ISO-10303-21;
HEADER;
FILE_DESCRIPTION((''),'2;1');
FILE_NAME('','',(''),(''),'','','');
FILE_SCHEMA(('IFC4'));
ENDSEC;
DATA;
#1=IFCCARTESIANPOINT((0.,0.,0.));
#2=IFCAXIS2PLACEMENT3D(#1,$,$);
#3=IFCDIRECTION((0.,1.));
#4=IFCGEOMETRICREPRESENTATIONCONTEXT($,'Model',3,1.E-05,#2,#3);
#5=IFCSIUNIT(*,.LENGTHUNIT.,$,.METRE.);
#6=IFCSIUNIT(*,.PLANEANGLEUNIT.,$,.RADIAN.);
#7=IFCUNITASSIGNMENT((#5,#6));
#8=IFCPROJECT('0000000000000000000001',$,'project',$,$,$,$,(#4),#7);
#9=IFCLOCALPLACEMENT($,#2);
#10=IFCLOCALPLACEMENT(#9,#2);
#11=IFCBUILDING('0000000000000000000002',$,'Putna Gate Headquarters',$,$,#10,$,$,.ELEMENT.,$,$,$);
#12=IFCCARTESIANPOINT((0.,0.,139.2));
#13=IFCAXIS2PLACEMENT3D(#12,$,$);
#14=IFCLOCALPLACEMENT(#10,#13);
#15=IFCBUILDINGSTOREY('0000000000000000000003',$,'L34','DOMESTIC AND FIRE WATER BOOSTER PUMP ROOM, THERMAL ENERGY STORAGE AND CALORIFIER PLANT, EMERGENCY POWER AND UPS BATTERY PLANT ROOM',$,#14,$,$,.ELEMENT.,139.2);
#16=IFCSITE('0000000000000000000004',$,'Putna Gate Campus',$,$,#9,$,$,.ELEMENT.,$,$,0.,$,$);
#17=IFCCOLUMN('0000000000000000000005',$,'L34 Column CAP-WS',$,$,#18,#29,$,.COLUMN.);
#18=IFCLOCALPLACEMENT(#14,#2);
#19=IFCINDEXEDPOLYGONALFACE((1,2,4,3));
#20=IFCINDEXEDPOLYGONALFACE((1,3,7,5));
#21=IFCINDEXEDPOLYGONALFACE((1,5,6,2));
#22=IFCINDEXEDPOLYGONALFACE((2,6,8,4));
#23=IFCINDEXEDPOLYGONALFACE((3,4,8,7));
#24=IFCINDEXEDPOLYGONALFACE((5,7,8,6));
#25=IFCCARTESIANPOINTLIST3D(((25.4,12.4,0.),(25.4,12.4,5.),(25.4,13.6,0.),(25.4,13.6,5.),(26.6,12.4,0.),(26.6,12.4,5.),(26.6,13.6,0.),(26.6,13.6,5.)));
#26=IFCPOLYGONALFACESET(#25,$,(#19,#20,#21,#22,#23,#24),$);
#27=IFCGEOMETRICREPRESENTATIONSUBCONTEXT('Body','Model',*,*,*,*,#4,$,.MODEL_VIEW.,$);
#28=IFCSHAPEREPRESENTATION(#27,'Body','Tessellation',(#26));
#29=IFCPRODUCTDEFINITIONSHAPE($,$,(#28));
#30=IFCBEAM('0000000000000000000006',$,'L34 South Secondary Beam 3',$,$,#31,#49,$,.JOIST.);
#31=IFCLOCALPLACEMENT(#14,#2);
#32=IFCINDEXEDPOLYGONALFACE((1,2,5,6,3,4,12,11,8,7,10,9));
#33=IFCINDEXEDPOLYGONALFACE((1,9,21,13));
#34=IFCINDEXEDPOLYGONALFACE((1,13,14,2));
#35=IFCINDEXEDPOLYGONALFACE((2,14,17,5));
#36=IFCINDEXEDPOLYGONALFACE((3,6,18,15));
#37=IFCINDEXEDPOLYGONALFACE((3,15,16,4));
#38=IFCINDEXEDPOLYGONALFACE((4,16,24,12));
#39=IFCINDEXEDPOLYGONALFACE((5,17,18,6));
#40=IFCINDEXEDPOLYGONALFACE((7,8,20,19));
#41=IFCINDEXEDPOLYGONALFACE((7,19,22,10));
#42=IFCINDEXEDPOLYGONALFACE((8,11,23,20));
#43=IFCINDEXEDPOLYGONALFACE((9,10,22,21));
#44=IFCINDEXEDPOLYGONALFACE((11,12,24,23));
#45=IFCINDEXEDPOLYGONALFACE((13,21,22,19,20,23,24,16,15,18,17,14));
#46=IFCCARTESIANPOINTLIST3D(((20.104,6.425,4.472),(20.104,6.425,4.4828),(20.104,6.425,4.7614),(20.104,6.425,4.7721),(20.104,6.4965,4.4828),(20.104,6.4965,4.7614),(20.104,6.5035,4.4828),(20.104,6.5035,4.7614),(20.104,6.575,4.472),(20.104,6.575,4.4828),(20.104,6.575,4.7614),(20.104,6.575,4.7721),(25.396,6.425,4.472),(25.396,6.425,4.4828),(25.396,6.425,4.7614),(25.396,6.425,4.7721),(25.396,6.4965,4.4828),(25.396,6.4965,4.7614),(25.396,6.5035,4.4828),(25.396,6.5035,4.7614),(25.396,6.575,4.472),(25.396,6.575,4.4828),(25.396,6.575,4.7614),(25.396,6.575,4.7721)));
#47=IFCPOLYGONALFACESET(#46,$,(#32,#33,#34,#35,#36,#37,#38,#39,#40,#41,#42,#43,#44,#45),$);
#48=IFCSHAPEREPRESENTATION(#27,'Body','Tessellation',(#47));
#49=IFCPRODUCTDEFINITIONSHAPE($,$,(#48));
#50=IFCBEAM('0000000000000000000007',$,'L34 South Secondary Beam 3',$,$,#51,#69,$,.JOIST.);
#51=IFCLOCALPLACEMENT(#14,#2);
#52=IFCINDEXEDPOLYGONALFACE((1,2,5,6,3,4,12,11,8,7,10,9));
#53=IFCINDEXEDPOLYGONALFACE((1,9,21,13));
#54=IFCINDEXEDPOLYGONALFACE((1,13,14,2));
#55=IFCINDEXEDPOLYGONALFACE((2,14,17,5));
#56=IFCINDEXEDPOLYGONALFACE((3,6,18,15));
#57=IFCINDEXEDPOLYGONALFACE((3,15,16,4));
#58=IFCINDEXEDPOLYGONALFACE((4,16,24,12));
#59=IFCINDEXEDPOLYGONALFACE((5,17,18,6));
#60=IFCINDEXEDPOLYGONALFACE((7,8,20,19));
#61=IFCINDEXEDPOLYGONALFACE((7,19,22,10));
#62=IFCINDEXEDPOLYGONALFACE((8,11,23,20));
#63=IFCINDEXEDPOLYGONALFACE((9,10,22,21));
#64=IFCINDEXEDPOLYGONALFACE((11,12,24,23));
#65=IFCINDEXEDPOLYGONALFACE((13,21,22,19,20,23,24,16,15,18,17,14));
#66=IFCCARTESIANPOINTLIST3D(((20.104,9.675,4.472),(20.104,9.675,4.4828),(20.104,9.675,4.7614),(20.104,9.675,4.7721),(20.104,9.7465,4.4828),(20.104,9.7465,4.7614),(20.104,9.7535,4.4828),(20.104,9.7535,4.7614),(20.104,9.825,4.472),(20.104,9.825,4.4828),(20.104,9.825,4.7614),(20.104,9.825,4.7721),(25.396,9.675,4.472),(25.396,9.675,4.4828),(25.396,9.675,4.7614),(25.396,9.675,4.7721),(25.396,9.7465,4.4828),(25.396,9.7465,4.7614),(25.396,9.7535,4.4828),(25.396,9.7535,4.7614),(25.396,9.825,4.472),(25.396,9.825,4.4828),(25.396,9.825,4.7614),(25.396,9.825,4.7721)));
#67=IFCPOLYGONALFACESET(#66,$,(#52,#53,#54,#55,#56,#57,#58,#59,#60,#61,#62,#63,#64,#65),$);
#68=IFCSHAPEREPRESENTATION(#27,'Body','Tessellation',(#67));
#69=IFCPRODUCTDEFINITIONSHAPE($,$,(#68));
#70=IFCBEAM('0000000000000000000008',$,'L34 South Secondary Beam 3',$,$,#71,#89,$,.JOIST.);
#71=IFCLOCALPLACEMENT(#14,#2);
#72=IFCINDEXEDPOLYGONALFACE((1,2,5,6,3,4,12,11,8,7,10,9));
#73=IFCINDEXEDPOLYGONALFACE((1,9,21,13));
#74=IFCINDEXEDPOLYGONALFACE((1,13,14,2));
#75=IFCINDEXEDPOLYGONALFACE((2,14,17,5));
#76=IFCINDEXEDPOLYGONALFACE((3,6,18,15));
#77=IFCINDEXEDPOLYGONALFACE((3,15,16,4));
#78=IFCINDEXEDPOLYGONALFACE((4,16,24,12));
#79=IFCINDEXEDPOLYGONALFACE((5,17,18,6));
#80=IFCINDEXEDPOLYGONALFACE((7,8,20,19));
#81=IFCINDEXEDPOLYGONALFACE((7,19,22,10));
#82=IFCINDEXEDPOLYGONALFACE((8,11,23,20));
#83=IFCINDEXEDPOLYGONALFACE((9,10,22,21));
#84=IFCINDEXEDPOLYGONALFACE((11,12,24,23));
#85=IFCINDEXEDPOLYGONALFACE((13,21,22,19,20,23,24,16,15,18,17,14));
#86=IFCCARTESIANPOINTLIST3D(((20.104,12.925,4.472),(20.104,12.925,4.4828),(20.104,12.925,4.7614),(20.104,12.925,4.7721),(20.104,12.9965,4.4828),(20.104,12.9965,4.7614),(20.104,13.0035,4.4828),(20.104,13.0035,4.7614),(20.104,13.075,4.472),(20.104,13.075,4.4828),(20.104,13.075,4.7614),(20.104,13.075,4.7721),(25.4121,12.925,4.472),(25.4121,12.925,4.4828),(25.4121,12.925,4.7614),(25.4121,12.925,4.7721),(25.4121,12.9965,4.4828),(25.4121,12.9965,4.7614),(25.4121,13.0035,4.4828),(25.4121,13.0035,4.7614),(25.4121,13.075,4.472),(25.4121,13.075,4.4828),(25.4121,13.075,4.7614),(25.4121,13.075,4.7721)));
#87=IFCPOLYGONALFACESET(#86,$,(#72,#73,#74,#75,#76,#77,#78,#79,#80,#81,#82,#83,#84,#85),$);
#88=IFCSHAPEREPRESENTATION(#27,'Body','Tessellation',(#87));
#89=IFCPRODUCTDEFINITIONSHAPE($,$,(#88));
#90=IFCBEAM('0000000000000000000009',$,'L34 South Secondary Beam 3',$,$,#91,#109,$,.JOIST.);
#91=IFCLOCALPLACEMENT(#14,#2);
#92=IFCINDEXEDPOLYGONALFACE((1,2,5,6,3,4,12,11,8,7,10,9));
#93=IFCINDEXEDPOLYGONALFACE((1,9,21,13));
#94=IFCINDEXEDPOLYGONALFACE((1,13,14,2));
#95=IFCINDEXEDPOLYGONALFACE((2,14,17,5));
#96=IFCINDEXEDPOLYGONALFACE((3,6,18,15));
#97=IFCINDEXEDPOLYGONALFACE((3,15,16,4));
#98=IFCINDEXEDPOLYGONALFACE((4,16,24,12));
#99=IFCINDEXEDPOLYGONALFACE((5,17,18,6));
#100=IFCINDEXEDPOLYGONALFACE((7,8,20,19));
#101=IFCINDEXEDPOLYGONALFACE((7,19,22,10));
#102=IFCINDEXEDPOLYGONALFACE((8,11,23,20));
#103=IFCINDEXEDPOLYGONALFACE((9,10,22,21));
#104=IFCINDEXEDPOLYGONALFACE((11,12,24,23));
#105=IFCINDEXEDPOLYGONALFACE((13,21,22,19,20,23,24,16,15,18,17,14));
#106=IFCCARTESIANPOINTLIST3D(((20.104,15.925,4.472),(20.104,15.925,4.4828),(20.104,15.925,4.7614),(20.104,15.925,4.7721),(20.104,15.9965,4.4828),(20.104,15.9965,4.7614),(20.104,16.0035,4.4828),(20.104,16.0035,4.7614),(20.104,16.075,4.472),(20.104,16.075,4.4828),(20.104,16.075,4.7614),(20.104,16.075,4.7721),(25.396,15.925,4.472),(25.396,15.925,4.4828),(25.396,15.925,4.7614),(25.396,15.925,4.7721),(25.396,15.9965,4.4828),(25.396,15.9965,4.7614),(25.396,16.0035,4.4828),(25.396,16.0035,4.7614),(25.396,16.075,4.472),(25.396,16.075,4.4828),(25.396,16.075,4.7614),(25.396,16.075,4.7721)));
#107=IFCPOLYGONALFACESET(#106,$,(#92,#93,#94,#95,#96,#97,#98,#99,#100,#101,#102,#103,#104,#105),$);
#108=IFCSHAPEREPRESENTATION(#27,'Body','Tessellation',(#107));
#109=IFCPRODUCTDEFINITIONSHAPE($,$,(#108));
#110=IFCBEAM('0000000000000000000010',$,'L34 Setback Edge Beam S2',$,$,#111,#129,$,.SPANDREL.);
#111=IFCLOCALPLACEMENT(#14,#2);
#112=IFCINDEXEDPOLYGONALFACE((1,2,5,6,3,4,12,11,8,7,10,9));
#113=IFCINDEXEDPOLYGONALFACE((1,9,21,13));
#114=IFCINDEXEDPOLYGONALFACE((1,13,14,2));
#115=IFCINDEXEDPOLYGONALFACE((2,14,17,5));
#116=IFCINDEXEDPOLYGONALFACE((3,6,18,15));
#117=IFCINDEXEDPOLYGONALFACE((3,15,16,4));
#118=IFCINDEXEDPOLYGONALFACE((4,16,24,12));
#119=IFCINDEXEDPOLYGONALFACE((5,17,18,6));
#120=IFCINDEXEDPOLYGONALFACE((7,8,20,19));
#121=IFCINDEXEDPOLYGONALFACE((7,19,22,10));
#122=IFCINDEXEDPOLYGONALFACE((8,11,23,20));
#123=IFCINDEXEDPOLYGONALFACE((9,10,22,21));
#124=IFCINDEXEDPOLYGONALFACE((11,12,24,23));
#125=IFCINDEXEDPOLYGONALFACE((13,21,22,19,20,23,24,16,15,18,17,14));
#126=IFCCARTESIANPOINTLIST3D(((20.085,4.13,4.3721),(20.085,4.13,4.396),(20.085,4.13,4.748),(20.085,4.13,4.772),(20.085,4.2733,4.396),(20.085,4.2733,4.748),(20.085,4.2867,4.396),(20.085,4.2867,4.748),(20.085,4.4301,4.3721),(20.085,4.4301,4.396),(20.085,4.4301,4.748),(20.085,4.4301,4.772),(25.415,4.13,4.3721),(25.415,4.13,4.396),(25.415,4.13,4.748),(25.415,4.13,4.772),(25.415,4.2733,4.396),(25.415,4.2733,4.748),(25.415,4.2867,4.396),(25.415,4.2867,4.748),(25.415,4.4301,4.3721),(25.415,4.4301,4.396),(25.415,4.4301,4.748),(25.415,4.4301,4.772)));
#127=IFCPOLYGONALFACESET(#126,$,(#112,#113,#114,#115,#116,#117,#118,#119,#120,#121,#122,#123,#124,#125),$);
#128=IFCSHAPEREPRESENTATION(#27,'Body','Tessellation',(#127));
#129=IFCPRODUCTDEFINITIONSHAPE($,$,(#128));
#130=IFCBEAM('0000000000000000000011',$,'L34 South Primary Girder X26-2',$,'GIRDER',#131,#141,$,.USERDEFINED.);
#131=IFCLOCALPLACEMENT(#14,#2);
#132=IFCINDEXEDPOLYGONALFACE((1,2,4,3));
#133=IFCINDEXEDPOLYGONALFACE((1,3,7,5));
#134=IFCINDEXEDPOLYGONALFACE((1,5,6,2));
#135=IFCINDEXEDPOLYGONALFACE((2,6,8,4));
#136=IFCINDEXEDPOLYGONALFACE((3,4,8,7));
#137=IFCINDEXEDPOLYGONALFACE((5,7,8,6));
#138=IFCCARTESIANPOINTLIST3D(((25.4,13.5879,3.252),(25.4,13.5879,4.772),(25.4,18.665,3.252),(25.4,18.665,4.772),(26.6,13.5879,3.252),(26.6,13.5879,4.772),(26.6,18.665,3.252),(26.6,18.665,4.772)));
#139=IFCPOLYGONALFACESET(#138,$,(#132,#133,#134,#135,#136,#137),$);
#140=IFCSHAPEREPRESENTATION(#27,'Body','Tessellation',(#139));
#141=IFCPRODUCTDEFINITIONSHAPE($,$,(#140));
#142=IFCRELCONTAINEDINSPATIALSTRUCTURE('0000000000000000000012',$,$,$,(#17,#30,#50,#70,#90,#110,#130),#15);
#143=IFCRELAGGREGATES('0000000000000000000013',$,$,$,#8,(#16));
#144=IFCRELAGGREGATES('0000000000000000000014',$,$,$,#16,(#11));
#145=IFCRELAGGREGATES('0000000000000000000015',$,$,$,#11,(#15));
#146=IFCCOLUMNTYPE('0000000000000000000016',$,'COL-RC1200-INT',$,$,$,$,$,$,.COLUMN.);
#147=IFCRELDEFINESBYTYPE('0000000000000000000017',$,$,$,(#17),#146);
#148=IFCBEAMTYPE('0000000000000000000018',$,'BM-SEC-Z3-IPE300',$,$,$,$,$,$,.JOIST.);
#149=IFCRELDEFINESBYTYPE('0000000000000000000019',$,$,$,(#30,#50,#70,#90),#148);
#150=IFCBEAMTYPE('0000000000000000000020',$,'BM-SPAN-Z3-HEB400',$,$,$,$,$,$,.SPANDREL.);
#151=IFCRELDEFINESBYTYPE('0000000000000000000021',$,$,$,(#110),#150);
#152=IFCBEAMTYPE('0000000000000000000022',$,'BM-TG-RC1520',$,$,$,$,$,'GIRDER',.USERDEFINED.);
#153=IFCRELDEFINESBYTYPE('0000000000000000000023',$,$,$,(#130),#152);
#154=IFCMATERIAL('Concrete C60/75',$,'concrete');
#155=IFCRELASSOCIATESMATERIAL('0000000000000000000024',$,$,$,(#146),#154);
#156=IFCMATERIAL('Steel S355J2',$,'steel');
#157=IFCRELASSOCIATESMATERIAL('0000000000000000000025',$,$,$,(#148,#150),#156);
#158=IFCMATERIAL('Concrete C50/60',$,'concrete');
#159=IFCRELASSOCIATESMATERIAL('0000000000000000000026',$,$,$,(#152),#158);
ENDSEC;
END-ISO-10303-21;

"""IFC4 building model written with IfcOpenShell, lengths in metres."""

from ifc_helpers import new_model, si_unit, direction, frame, origin, origin_2d, place, context, subcontext, project, spatial, rectangle, i_section, extrude, material, material_profile, profile_set, type_object, element, save


model = new_model("IFC4")

# Units and contexts
model_context = context("Model", 3, precision=1e-05, world=origin(), true_north=direction((0.0, 1.0)))
body_context = subcontext(model_context, "Body", "Model", "MODEL_VIEW")
ifc_project = project(units=[si_unit("LENGTHUNIT", "METRE"), si_unit("PLANEANGLEUNIT", "RADIAN")], contexts=[model_context])

# Site, building, storey
site_placement = place(None, origin())
site = spatial("IfcSite", under=ifc_project, at=site_placement, Name="Putna Gate Campus", CompositionType="ELEMENT", RefElevation=0.0)
building_placement = place(site_placement, origin())
building = spatial("IfcBuilding", under=site, at=building_placement, Name="Putna Gate Headquarters", CompositionType="ELEMENT")
storey_placement = place(building_placement, frame((0.0, 0.0, 139.2)))
storey = spatial("IfcBuildingStorey", under=building, at=storey_placement, Name="L34", Description="DOMESTIC AND FIRE WATER BOOSTER PUMP ROOM, THERMAL ENERGY STORAGE AND CALORIFIER PLANT, EMERGENCY POWER AND UPS BATTERY PLANT ROOM", CompositionType="ELEMENT", Elevation=139.2)

# Column
ifc_material_1 = material(Name="Concrete C60/75", Category="concrete")
ifc_material_profile_1 = material_profile(ifc_material_1, rectangle(XDim=1.2, YDim=1.2, at=origin_2d()), Name="Concrete C60/75")
ifc_profile_set_1 = profile_set([ifc_material_profile_1], Name="Concrete C60/75")
column_type = type_object("IfcColumnType", Name="COL-RC1200-INT", PredefinedType="COLUMN", material=ifc_profile_set_1)
column_placement = place(storey_placement, frame((26.0, 13.0, 0.0), z_axis=(0.0, 0.0, 1.0), x_axis=(1.0, 0.0, 0.0)))
element("IfcColumn", 1, at=column_placement, inside=storey, type_object=column_type, Name="L34 Column CAP-WS", PredefinedType="COLUMN", context=body_context, shape_type="SweptSolid", body=[
    extrude(rectangle(XDim=1.2, YDim=1.2, at=origin_2d()), origin(), (0.0, 0.0, 1.0), 5.0),
])

# Beams
ifc_material_2 = material(Name="Steel S355J2", Category="steel")
ifc_material_profile_2 = material_profile(ifc_material_2, i_section(OverallWidth=0.1499, OverallDepth=0.3, WebThickness=0.0071, FlangeThickness=0.0107, at=origin_2d()), Name="Steel S355J2")
ifc_profile_set_2 = profile_set([ifc_material_profile_2], Name="Steel S355J2")
beam_type_1 = type_object("IfcBeamType", Name="BM-SEC-Z3-IPE300", PredefinedType="JOIST", material=ifc_profile_set_2)
for number, where, z_axis, x_axis, name in (
    (2, (20.104, 6.5, 4.6221), (1.0, 0.0, 0.0), (0.0, 1.0, 0.0), "L34 South Secondary Beam 3"),
    (3, (20.104, 9.75, 4.6221), (1.0, 0.0, 0.0), (0.0, 1.0, 0.0), "L34 South Secondary Beam 3"),
):
    element("IfcBeam", number, at=place(storey_placement, frame(where, z_axis=z_axis, x_axis=x_axis)), inside=storey, type_object=beam_type_1, Name=name, PredefinedType="JOIST", context=body_context, shape_type="SweptSolid", body=[
        extrude(i_section(OverallWidth=0.1499, OverallDepth=0.3, WebThickness=0.0071, FlangeThickness=0.0107, at=origin_2d()), origin(), (0.0, 0.0, 1.0), 5.292),
    ])
beam_1_placement = place(storey_placement, frame((20.104, 13.0, 4.6221), z_axis=(1.0, 0.0, 0.0), x_axis=(0.0, 1.0, 0.0)))
element("IfcBeam", 4, at=beam_1_placement, inside=storey, type_object=beam_type_1, Name="L34 South Secondary Beam 3", PredefinedType="JOIST", context=body_context, shape_type="SweptSolid", body=[
    extrude(i_section(OverallWidth=0.1499, OverallDepth=0.3, WebThickness=0.0071, FlangeThickness=0.0107, at=origin_2d()), origin(), (0.0, 0.0, 1.0), 5.3081),
])
beam_2_placement = place(storey_placement, frame((20.104, 16.0, 4.6221), z_axis=(1.0, 0.0, 0.0), x_axis=(0.0, 1.0, 0.0)))
element("IfcBeam", 5, at=beam_2_placement, inside=storey, type_object=beam_type_1, Name="L34 South Secondary Beam 3", PredefinedType="JOIST", context=body_context, shape_type="SweptSolid", body=[
    extrude(i_section(OverallWidth=0.1499, OverallDepth=0.3, WebThickness=0.0071, FlangeThickness=0.0107, at=origin_2d()), origin(), (0.0, 0.0, 1.0), 5.292),
])
ifc_material_profile_3 = material_profile(ifc_material_2, i_section(OverallWidth=0.3, OverallDepth=0.3999, WebThickness=0.0134, FlangeThickness=0.0239, at=origin_2d()), Name="Steel S355J2")
ifc_profile_set_3 = profile_set([ifc_material_profile_3], Name="Steel S355J2")
beam_type_2 = type_object("IfcBeamType", Name="BM-SPAN-Z3-HEB400", PredefinedType="SPANDREL", material=ifc_profile_set_3)
beam_3_placement = place(storey_placement, frame((20.085, 4.28, 4.572), z_axis=(1.0, 0.0, 0.0), x_axis=(0.0, 1.0, 0.0)))
element("IfcBeam", 6, at=beam_3_placement, inside=storey, type_object=beam_type_2, Name="L34 Setback Edge Beam S2", PredefinedType="SPANDREL", context=body_context, shape_type="SweptSolid", body=[
    extrude(i_section(OverallWidth=0.3, OverallDepth=0.3999, WebThickness=0.0134, FlangeThickness=0.0239, at=origin_2d()), origin(), (0.0, 0.0, 1.0), 5.3301),
])
ifc_material_3 = material(Name="Concrete C50/60", Category="concrete")
ifc_material_profile_4 = material_profile(ifc_material_3, rectangle(XDim=1.2, YDim=1.52, at=origin_2d()), Name="Concrete C50/60")
ifc_profile_set_4 = profile_set([ifc_material_profile_4], Name="Concrete C50/60")
beam_type_3 = type_object("IfcBeamType", Name="BM-TG-RC1520", ElementType="GIRDER", PredefinedType="USERDEFINED", material=ifc_profile_set_4)
beam_4_placement = place(storey_placement, frame((26.0, 13.5879, 4.012), z_axis=(0.0, 1.0, 0.0), x_axis=(-1.0, 0.0, 0.0)))
element("IfcBeam", 7, at=beam_4_placement, inside=storey, type_object=beam_type_3, Name="L34 South Primary Girder X26-2", ObjectType="GIRDER", PredefinedType="USERDEFINED", context=body_context, shape_type="SweptSolid", body=[
    extrude(rectangle(XDim=1.2, YDim=1.52, at=origin_2d()), origin(), (0.0, 0.0, 1.0), 5.0771),
])

save(model, "model.ifc")
